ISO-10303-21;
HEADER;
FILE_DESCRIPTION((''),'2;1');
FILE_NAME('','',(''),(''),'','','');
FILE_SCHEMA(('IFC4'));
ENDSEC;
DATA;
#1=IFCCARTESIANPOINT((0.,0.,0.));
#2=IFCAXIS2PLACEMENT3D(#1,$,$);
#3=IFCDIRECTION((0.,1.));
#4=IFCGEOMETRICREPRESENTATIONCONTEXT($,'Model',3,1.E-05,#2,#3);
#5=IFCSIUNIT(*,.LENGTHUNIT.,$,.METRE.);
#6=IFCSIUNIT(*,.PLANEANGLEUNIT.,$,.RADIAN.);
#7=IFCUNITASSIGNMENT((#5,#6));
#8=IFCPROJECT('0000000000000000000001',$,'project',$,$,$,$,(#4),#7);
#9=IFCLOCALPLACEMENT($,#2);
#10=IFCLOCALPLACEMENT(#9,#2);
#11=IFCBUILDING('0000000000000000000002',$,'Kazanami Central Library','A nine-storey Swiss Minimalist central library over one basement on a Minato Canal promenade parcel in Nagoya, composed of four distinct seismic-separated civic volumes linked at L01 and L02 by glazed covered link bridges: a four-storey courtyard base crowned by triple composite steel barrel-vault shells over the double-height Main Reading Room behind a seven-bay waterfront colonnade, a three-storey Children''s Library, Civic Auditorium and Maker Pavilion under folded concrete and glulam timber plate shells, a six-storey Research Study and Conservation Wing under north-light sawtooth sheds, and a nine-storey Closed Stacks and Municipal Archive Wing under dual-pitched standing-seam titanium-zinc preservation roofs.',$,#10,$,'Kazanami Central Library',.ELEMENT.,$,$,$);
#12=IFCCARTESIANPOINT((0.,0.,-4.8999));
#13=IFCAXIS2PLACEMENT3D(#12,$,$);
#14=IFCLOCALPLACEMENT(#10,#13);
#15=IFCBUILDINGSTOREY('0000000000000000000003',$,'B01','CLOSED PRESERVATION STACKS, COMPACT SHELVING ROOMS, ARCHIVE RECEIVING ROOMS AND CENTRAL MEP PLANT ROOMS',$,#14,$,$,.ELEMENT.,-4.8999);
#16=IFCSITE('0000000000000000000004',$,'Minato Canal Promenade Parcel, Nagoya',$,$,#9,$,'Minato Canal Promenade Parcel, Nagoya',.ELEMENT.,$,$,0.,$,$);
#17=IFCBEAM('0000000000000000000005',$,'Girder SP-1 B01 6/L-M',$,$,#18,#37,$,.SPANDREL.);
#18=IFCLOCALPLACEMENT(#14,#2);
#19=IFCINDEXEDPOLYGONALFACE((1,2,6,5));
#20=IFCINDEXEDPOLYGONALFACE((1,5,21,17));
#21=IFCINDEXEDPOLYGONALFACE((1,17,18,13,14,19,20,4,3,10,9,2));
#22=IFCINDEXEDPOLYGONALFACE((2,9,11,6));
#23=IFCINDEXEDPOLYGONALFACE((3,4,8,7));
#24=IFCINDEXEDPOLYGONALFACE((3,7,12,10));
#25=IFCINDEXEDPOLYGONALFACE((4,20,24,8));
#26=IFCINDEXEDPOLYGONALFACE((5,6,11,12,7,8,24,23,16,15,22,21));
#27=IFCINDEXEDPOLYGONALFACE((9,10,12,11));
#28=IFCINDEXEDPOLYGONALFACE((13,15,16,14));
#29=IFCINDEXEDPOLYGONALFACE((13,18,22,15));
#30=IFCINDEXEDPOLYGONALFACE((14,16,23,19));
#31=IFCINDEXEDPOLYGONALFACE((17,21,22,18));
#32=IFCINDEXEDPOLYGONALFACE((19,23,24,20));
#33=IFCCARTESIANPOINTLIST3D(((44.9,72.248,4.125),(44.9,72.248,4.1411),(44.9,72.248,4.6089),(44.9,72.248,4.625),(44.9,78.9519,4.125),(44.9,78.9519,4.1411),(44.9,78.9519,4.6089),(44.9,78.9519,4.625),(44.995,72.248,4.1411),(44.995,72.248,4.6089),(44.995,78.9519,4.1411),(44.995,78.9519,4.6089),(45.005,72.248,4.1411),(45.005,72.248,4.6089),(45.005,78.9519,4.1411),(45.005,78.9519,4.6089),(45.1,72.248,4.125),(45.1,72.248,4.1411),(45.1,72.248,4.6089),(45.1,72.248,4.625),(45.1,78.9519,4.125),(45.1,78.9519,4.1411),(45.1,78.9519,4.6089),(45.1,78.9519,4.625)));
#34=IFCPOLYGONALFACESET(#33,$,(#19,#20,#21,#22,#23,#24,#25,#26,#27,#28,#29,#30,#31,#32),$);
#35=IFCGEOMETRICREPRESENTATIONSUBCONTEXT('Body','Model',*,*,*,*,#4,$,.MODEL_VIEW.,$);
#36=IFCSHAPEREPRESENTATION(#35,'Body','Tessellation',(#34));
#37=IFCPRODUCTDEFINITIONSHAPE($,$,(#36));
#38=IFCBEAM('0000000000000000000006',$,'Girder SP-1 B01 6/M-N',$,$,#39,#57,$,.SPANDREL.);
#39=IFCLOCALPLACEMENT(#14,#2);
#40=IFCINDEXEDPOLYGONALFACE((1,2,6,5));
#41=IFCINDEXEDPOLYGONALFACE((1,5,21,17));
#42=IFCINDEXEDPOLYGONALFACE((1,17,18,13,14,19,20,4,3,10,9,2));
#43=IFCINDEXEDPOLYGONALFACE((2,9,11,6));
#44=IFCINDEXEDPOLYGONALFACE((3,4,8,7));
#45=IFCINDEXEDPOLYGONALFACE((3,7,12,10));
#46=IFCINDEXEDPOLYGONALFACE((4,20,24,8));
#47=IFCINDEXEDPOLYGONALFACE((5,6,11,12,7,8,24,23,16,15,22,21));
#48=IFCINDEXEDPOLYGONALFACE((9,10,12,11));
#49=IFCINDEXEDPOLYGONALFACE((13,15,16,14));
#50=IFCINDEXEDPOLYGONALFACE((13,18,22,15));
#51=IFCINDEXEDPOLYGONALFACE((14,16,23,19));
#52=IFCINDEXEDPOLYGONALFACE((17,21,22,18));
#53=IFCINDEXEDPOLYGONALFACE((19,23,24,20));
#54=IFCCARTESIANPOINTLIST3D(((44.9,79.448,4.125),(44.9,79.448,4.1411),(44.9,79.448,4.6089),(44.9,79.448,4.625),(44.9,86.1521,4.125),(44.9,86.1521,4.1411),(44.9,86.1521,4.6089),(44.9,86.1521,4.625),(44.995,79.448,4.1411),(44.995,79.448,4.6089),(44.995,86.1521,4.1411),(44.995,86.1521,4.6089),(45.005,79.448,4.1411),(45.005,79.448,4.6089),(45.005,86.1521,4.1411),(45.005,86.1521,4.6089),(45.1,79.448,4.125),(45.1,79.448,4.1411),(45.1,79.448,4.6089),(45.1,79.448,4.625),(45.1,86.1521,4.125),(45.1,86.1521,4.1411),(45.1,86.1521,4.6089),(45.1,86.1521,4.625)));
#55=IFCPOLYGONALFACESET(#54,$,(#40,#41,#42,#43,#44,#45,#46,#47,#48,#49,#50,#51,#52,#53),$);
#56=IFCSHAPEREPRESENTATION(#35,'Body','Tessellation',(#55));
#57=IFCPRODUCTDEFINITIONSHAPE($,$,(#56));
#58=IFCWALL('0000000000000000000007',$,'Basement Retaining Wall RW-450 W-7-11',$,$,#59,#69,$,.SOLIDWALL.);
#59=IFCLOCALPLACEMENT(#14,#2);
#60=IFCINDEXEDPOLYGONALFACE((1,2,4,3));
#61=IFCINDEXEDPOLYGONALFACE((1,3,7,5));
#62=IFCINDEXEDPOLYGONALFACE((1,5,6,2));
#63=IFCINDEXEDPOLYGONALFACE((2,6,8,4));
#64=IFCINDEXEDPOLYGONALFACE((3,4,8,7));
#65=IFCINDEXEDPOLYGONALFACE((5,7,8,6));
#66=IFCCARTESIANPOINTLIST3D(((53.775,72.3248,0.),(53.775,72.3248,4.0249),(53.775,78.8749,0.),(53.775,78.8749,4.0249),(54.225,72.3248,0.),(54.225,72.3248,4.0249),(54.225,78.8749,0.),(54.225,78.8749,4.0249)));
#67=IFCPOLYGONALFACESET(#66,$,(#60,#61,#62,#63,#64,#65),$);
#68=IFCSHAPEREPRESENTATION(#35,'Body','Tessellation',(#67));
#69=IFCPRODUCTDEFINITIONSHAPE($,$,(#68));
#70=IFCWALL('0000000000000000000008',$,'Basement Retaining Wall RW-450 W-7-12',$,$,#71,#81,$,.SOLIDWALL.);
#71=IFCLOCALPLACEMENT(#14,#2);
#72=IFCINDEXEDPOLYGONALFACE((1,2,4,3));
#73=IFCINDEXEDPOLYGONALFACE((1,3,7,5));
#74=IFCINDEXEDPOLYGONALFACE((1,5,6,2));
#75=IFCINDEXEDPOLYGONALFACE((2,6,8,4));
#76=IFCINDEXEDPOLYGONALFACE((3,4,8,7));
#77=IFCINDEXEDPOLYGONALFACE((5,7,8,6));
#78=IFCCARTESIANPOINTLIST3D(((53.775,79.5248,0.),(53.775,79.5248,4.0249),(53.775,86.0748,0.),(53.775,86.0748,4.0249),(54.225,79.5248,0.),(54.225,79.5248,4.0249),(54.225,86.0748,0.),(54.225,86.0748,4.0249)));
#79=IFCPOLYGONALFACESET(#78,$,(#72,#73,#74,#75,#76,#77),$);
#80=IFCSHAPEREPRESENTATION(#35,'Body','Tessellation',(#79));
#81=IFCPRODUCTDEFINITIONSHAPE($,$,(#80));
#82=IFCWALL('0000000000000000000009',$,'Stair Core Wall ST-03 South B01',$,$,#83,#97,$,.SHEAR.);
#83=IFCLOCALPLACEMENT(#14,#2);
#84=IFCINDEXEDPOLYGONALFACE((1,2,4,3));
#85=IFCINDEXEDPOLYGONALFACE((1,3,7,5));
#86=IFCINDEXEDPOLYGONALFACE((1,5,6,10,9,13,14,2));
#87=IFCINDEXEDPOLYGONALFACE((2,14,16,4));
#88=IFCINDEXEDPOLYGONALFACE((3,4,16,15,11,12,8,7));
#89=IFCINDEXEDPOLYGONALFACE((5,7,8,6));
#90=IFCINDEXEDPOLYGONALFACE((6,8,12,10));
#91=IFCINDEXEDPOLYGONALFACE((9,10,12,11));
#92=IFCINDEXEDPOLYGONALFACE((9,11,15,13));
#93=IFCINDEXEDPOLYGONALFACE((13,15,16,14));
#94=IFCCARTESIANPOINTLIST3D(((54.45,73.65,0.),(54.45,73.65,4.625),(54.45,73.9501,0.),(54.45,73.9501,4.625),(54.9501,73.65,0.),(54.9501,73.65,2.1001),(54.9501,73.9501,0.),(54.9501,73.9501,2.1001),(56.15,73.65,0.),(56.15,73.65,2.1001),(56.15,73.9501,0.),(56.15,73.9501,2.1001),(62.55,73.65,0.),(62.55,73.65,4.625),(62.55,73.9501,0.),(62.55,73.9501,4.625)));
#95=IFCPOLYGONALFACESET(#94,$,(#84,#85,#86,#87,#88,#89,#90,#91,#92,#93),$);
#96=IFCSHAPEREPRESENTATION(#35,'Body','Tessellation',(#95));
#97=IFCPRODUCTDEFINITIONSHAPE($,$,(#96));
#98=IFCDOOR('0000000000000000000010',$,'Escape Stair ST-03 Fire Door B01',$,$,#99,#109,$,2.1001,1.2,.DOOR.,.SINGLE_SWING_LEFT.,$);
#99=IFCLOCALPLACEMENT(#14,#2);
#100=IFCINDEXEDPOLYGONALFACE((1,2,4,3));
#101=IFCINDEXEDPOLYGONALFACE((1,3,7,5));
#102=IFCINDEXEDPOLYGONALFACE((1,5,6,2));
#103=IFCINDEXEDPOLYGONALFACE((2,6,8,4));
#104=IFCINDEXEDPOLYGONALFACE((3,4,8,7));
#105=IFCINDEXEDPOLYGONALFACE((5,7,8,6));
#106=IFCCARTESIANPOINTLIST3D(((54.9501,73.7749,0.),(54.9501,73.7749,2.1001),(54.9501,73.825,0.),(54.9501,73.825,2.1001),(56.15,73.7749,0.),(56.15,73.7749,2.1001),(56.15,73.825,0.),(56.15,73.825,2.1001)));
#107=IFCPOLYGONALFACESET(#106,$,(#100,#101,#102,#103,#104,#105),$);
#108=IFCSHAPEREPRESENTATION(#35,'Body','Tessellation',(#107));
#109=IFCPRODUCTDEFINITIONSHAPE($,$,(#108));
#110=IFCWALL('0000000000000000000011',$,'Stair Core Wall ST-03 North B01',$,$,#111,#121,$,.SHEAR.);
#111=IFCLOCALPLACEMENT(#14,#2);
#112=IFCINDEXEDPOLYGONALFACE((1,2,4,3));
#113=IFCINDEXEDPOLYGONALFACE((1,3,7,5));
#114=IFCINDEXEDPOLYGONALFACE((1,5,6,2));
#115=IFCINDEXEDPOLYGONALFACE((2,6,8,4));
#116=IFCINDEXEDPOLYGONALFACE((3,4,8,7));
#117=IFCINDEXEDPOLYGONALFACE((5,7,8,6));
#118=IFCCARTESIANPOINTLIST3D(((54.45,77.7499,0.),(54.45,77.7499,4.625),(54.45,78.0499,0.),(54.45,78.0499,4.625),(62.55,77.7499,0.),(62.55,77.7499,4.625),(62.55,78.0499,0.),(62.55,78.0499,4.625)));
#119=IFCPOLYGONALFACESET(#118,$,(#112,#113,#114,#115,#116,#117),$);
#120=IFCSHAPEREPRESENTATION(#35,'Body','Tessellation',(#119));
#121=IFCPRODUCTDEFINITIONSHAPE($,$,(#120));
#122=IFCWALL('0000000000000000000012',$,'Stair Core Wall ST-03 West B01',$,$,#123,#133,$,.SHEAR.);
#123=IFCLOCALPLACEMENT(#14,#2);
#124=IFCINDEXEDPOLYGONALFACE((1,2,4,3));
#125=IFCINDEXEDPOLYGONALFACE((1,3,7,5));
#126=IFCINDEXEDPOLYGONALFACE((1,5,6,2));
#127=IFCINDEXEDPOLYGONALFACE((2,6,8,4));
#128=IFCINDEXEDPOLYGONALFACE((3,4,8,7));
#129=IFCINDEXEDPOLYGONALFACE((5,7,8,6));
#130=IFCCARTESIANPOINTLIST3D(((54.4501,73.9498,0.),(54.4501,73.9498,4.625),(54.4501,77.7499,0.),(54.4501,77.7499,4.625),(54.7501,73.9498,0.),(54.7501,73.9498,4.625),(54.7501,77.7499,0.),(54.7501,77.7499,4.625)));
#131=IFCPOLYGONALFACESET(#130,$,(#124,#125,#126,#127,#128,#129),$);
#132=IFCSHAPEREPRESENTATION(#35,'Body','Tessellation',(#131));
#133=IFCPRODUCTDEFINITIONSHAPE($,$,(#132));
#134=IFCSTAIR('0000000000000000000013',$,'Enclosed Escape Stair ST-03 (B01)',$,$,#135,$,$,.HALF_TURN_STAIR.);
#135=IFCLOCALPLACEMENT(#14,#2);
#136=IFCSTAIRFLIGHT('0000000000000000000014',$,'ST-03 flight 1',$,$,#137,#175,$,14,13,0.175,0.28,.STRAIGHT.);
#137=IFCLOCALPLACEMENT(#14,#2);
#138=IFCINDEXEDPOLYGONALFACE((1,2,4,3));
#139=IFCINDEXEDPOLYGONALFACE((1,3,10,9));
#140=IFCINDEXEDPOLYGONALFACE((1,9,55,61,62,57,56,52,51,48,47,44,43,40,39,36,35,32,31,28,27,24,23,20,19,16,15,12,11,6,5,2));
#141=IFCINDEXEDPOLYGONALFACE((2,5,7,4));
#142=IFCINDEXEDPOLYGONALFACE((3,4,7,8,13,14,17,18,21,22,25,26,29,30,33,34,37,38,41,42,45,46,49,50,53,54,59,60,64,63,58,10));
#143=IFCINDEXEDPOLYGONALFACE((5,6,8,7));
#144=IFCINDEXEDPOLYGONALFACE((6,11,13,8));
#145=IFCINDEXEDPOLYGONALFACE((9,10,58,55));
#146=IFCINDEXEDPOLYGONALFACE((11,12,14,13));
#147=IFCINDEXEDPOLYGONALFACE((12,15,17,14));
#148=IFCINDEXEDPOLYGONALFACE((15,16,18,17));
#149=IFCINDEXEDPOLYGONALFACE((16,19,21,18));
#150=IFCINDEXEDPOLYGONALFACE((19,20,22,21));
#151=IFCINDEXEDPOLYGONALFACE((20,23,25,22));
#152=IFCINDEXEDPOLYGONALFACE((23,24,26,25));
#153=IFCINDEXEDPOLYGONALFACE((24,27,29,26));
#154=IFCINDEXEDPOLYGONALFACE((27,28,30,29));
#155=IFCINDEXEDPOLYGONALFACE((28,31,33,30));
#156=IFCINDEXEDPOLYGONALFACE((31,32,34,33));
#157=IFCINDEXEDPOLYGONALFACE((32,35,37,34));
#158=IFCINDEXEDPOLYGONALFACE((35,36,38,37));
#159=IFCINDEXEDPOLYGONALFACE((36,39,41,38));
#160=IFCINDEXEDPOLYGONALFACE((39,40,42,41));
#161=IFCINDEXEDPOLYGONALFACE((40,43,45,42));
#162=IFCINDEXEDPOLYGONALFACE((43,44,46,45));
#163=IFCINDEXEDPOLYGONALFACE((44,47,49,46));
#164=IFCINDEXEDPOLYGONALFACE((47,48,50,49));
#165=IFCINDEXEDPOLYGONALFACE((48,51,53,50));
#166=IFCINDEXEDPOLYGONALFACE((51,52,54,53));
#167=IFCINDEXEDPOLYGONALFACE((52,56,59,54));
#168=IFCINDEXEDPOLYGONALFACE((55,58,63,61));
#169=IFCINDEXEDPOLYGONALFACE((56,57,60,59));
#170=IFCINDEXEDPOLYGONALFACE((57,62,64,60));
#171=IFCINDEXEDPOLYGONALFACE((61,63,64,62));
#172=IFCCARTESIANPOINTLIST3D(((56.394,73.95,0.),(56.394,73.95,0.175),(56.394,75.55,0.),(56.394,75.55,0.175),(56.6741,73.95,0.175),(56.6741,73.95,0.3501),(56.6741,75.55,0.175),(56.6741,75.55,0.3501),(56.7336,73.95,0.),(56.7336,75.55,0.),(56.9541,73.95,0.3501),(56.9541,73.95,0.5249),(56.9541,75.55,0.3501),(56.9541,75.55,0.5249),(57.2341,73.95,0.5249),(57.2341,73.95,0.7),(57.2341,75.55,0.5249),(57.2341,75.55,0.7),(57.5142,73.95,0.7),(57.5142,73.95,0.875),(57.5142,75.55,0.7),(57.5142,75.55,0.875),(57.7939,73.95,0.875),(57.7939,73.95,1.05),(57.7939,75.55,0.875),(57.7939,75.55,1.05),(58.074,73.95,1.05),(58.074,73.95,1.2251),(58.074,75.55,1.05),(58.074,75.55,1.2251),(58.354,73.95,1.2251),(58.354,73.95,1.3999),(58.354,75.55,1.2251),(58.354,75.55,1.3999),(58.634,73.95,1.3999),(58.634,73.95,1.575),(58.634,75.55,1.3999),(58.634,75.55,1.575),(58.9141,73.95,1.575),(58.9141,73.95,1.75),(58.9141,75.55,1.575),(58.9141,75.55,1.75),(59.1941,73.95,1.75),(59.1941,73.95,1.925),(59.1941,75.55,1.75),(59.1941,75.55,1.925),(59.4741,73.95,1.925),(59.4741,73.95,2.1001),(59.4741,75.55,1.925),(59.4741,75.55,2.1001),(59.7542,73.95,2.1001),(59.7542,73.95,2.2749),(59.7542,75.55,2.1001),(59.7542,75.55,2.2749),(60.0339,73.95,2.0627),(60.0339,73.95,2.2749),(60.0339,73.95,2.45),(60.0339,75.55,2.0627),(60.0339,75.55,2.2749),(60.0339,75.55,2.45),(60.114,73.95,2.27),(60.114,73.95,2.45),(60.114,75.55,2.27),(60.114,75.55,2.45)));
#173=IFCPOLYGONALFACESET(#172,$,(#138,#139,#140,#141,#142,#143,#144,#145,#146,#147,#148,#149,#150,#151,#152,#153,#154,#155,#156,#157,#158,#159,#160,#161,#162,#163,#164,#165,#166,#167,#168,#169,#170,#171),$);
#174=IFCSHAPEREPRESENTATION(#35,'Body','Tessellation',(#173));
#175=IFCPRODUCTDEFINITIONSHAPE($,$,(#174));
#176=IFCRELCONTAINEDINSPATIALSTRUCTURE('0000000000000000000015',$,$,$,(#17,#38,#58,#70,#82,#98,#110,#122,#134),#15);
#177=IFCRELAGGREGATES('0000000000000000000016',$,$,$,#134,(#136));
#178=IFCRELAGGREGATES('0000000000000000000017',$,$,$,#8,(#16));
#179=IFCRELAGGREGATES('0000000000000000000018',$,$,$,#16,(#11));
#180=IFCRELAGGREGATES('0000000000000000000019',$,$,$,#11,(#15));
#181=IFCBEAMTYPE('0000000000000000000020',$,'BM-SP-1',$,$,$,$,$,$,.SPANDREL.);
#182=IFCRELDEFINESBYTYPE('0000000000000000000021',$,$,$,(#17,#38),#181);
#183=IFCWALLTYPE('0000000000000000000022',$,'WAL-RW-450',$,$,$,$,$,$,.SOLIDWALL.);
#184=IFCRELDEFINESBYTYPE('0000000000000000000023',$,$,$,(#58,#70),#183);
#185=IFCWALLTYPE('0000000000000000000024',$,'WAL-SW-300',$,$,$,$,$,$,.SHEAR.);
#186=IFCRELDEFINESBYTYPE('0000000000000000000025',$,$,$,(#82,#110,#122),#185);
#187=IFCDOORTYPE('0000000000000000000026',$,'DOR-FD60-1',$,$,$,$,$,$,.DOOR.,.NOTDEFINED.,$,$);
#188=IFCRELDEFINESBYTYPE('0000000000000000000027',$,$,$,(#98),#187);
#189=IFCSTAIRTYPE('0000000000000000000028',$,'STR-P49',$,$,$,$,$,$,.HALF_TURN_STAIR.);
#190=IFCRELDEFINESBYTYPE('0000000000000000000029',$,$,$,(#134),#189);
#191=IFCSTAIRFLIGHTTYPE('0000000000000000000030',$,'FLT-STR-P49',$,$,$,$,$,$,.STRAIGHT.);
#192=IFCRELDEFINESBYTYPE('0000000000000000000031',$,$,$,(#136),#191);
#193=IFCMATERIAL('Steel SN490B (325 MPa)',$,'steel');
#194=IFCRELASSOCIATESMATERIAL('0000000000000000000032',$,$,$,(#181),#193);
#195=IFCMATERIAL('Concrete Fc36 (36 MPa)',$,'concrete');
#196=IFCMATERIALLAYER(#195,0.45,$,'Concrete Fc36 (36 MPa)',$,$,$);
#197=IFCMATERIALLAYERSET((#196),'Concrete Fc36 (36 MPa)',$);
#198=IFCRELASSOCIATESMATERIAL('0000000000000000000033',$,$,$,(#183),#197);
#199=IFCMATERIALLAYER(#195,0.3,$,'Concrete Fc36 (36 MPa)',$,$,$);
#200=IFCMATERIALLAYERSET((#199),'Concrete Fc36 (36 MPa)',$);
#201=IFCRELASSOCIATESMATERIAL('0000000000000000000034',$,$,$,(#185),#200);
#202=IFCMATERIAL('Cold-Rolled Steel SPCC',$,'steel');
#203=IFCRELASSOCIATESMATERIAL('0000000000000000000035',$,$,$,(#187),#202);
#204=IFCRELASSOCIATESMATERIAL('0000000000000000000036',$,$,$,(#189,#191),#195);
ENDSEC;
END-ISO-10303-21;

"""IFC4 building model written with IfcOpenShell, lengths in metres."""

from ifc_helpers import new_model, si_unit, direction, frame, frame_2d, origin, origin_2d, place, context, subcontext, project, spatial, polyline, rectangle, i_section, outline, extrude, material, layer, layer_set, material_profile, profile_set, type_object, element, fill, aggregate, save


model = new_model("IFC4")

# Units and contexts
model_context = context("Model", 3, precision=1e-05, world=origin(), true_north=direction((0.0, 1.0)))
body_context = subcontext(model_context, "Body", "Model", "MODEL_VIEW")
ifc_project = project(units=[si_unit("LENGTHUNIT", "METRE"), si_unit("PLANEANGLEUNIT", "RADIAN")], contexts=[model_context])

# Site, building, storey
site_placement = place(None, origin())
site = spatial("IfcSite", under=ifc_project, at=site_placement, Name="Minato Canal Promenade Parcel, Nagoya", LongName="Minato Canal Promenade Parcel, Nagoya", CompositionType="ELEMENT", RefElevation=0.0)
building_placement = place(site_placement, origin())
building = spatial("IfcBuilding", under=site, at=building_placement, Name="Kazanami Central Library", Description="A nine-storey Swiss Minimalist central library over one basement on a Minato Canal promenade parcel in Nagoya, composed of four distinct seismic-separated civic volumes linked at L01 and L02 by glazed covered link bridges: a four-storey courtyard base crowned by triple composite steel barrel-vault shells over the double-height Main Reading Room behind a seven-bay waterfront colonnade, a three-storey Children's Library, Civic Auditorium and Maker Pavilion under folded concrete and glulam timber plate shells, a six-storey Research Study and Conservation Wing under north-light sawtooth sheds, and a nine-storey Closed Stacks and Municipal Archive Wing under dual-pitched standing-seam titanium-zinc preservation roofs.", LongName="Kazanami Central Library", CompositionType="ELEMENT")
storey_placement = place(building_placement, frame((0.0, 0.0, -4.8999)))
storey = spatial("IfcBuildingStorey", under=building, at=storey_placement, Name="B01", Description="CLOSED PRESERVATION STACKS, COMPACT SHELVING ROOMS, ARCHIVE RECEIVING ROOMS AND CENTRAL MEP PLANT ROOMS", CompositionType="ELEMENT", Elevation=-4.8999)

# Shared definitions
ifc_material_1 = material(Name="Concrete Fc36 (36 MPa)", Category="concrete")

# Beams
ifc_material_2 = material(Name="Steel SN490B (325 MPa)", Category="steel")
ifc_material_profile_1 = material_profile(ifc_material_2, i_section(OverallWidth=0.2, OverallDepth=0.5, WebThickness=0.01, FlangeThickness=0.0161, at=origin_2d()), Name="H-500x200x10x16")
ifc_profile_set_1 = profile_set([ifc_material_profile_1], Name="Steel SN490B (325 MPa)")
beam_type_1 = type_object("IfcBeamType", Name="BM-SP-1", PredefinedType="SPANDREL", material=ifc_profile_set_1)
beam_1_placement = place(storey_placement, frame((45.0, 72.248, 4.375), z_axis=(0.0, 1.0, 0.0), x_axis=(-1.0, 0.0, 0.0)))
element("IfcBeam", 1, at=beam_1_placement, inside=storey, type_object=beam_type_1, Name="Girder SP-1 B01 6/L-M", PredefinedType="SPANDREL", context=body_context, shape_type="SweptSolid", body=[
    extrude(i_section(OverallWidth=0.2, OverallDepth=0.5, WebThickness=0.01, FlangeThickness=0.0161, at=origin_2d()), origin(), (0.0, 0.0, 1.0), 6.7039),
])
beam_2_placement = place(storey_placement, frame((45.0, 79.448, 4.375), z_axis=(0.0, 1.0, 0.0), x_axis=(-1.0, 0.0, 0.0)))
element("IfcBeam", 2, at=beam_2_placement, inside=storey, type_object=beam_type_1, Name="Girder SP-1 B01 6/M-N", PredefinedType="SPANDREL", context=body_context, shape_type="SweptSolid", body=[
    extrude(i_section(OverallWidth=0.2, OverallDepth=0.5, WebThickness=0.01, FlangeThickness=0.0161, at=origin_2d()), origin(), (0.0, 0.0, 1.0), 6.7041),
])

# Walls
ifc_layer_1 = layer(ifc_material_1, 0.45, Name="Concrete Fc36 (36 MPa)")
ifc_layer_set_1 = layer_set([ifc_layer_1], Name="Concrete Fc36 (36 MPa)")
wall_type_1 = type_object("IfcWallType", Name="WAL-RW-450", PredefinedType="SOLIDWALL", material=ifc_layer_set_1)
for number, where, z_axis, x_axis, name in (
    (3, (54.0, 72.325, 0.0), (0.0, 0.0, 1.0), (0.0, 1.0, 0.0), "Basement Retaining Wall RW-450 W-7-11"),
    (4, (54.0, 79.5249, 0.0), (0.0, 0.0, 1.0), (0.0, 1.0, 0.0), "Basement Retaining Wall RW-450 W-7-12"),
):
    element("IfcWall", number, at=place(storey_placement, frame(where, z_axis=z_axis, x_axis=x_axis)), inside=storey, type_object=wall_type_1, Name=name, PredefinedType="SOLIDWALL", context=body_context, shape_type="SweptSolid", body=[
        extrude(rectangle(XDim=6.55, YDim=0.45, at=frame_2d((3.2749, 0.0))), origin(), (0.0, 0.0, 1.0), 4.0249),
    ])

# Wall, opening, door
ifc_layer_2 = layer(ifc_material_1, 0.3, Name="Concrete Fc36 (36 MPa)")
ifc_layer_set_2 = layer_set([ifc_layer_2], Name="Concrete Fc36 (36 MPa)")
wall_type_2 = type_object("IfcWallType", Name="WAL-SW-300", PredefinedType="SHEAR", material=ifc_layer_set_2)
wall_1_placement = place(storey_placement, frame((54.45, 73.8, 0.0), z_axis=(0.0, 0.0, 1.0), x_axis=(1.0, 0.0, 0.0)))
wall_1 = element("IfcWall", 5, at=wall_1_placement, inside=storey, type_object=wall_type_2, Name="Stair Core Wall ST-03 South B01", PredefinedType="SHEAR", context=body_context, shape_type="SweptSolid", body=[
    extrude(rectangle(XDim=8.1001, YDim=0.3, at=frame_2d((4.05, 0.0))), origin(), (0.0, 0.0, 1.0), 4.625),
])
opening_placement = place(wall_1_placement, frame((0.5, 0.0, 0.0)))
opening = element("IfcOpeningElement", 6, at=opening_placement, cuts=wall_1, PredefinedType="OPENING", context=body_context, shape_type="SweptSolid", body=[
    extrude(rectangle(XDim=1.2, YDim=2.1001, at=frame_2d((0.6001, 1.05))), frame((0.0, 0.1621, 0.0), z_axis=(0.0, -1.0, 0.0), x_axis=(1.0, 0.0, 0.0)), (0.0, 0.0, 1.0), 0.324),
])
ifc_material_3 = material(Name="Cold-Rolled Steel SPCC", Category="steel")
door_type = type_object("IfcDoorType", Name="DOR-FD60-1", OperationType="NOTDEFINED", PredefinedType="DOOR", material=ifc_material_3)
door_placement = place(opening_placement, origin())
door = element("IfcDoor", 7, at=door_placement, inside=storey, type_object=door_type, Name="Escape Stair ST-03 Fire Door B01", OperationType="SINGLE_SWING_LEFT", OverallHeight=2.1001, OverallWidth=1.2, PredefinedType="DOOR", context=body_context, shape_type="SweptSolid", body=[
    extrude(rectangle(XDim=1.2, YDim=2.1001, at=frame_2d((0.6001, 1.05))), frame((0.0, 0.0249, 0.0), z_axis=(0.0, -1.0, 0.0), x_axis=(1.0, 0.0, 0.0)), (0.0, 0.0, 1.0), 0.05),
])
fill(opening, door)

# Walls
wall_2_placement = place(storey_placement, frame((54.45, 77.8999, 0.0), z_axis=(0.0, 0.0, 1.0), x_axis=(1.0, 0.0, 0.0)))
element("IfcWall", 8, at=wall_2_placement, inside=storey, type_object=wall_type_2, Name="Stair Core Wall ST-03 North B01", PredefinedType="SHEAR", context=body_context, shape_type="SweptSolid", body=[
    extrude(rectangle(XDim=8.1001, YDim=0.3, at=frame_2d((4.05, 0.0))), origin(), (0.0, 0.0, 1.0), 4.625),
])
wall_3_placement = place(storey_placement, frame((54.6001, 73.95, 0.0), z_axis=(0.0, 0.0, 1.0), x_axis=(0.0, 1.0, 0.0)))
element("IfcWall", 9, at=wall_3_placement, inside=storey, type_object=wall_type_2, Name="Stair Core Wall ST-03 West B01", PredefinedType="SHEAR", context=body_context, shape_type="SweptSolid", body=[
    extrude(rectangle(XDim=3.8, YDim=0.3, at=frame_2d((1.8999, 0.0))), origin(), (0.0, 0.0, 1.0), 4.625),
])

# Stair, stair flight
stair_type = type_object("IfcStairType", Name="STR-P49", PredefinedType="HALF_TURN_STAIR", material=ifc_material_1)
stair_placement = place(storey_placement, origin())
stair = element("IfcStair", 10, at=stair_placement, inside=storey, type_object=stair_type, Name="Enclosed Escape Stair ST-03 (B01)", PredefinedType="HALF_TURN_STAIR")
stair_flight_type = type_object("IfcStairFlightType", Name="FLT-STR-P49", PredefinedType="STRAIGHT", material=ifc_material_1)
stair_flight_1_placement = place(storey_placement, frame((56.394, 74.75, 0.0), z_axis=(0.0, 0.0, 1.0), x_axis=(1.0, 0.0, 0.0)))
stair_flight_1 = element("IfcStairFlight", 11, at=stair_flight_1_placement, type_object=stair_flight_type, Name="ST-03 flight 1", NumberOfRisers=14, NumberOfTreads=13, PredefinedType="STRAIGHT", RiserHeight=0.175, TreadLength=0.28, context=body_context, shape_type="SweptSolid", body=[
    extrude(outline(polyline([(0.0, 0.0), (0.0, 0.175), (0.28, 0.175), (0.28, 0.3501), (0.5601, 0.3501), (0.5601, 0.5249), (0.8401, 0.5249), (0.8401, 0.7), (1.1201, 0.7), (1.1201, 0.875), (1.3999, 0.875), (1.3999, 1.05), (1.6799, 1.05), (1.6799, 1.2251), (1.96, 1.2251), (1.96, 1.3999), (2.24, 1.3999), (2.24, 1.575), (2.52, 1.575), (2.52, 1.75), (2.8, 1.75), (2.8, 1.925), (3.0801, 1.925), (3.0801, 2.1001), (3.3601, 2.1001), (3.3601, 2.2749), (3.6399, 2.2749), (3.6399, 2.45), (3.72, 2.45), (3.72, 2.27), (3.6399, 2.0627), (0.3396, 0.0), (0.0, 0.0)])), frame((0.0, 0.8, 0.0), z_axis=(0.0, -1.0, 0.0), x_axis=(1.0, 0.0, 0.0)), (0.0, 0.0, 1.0), 1.6001),
])
aggregate(stair, [stair_flight_1])

save(model, "model.ifc")
